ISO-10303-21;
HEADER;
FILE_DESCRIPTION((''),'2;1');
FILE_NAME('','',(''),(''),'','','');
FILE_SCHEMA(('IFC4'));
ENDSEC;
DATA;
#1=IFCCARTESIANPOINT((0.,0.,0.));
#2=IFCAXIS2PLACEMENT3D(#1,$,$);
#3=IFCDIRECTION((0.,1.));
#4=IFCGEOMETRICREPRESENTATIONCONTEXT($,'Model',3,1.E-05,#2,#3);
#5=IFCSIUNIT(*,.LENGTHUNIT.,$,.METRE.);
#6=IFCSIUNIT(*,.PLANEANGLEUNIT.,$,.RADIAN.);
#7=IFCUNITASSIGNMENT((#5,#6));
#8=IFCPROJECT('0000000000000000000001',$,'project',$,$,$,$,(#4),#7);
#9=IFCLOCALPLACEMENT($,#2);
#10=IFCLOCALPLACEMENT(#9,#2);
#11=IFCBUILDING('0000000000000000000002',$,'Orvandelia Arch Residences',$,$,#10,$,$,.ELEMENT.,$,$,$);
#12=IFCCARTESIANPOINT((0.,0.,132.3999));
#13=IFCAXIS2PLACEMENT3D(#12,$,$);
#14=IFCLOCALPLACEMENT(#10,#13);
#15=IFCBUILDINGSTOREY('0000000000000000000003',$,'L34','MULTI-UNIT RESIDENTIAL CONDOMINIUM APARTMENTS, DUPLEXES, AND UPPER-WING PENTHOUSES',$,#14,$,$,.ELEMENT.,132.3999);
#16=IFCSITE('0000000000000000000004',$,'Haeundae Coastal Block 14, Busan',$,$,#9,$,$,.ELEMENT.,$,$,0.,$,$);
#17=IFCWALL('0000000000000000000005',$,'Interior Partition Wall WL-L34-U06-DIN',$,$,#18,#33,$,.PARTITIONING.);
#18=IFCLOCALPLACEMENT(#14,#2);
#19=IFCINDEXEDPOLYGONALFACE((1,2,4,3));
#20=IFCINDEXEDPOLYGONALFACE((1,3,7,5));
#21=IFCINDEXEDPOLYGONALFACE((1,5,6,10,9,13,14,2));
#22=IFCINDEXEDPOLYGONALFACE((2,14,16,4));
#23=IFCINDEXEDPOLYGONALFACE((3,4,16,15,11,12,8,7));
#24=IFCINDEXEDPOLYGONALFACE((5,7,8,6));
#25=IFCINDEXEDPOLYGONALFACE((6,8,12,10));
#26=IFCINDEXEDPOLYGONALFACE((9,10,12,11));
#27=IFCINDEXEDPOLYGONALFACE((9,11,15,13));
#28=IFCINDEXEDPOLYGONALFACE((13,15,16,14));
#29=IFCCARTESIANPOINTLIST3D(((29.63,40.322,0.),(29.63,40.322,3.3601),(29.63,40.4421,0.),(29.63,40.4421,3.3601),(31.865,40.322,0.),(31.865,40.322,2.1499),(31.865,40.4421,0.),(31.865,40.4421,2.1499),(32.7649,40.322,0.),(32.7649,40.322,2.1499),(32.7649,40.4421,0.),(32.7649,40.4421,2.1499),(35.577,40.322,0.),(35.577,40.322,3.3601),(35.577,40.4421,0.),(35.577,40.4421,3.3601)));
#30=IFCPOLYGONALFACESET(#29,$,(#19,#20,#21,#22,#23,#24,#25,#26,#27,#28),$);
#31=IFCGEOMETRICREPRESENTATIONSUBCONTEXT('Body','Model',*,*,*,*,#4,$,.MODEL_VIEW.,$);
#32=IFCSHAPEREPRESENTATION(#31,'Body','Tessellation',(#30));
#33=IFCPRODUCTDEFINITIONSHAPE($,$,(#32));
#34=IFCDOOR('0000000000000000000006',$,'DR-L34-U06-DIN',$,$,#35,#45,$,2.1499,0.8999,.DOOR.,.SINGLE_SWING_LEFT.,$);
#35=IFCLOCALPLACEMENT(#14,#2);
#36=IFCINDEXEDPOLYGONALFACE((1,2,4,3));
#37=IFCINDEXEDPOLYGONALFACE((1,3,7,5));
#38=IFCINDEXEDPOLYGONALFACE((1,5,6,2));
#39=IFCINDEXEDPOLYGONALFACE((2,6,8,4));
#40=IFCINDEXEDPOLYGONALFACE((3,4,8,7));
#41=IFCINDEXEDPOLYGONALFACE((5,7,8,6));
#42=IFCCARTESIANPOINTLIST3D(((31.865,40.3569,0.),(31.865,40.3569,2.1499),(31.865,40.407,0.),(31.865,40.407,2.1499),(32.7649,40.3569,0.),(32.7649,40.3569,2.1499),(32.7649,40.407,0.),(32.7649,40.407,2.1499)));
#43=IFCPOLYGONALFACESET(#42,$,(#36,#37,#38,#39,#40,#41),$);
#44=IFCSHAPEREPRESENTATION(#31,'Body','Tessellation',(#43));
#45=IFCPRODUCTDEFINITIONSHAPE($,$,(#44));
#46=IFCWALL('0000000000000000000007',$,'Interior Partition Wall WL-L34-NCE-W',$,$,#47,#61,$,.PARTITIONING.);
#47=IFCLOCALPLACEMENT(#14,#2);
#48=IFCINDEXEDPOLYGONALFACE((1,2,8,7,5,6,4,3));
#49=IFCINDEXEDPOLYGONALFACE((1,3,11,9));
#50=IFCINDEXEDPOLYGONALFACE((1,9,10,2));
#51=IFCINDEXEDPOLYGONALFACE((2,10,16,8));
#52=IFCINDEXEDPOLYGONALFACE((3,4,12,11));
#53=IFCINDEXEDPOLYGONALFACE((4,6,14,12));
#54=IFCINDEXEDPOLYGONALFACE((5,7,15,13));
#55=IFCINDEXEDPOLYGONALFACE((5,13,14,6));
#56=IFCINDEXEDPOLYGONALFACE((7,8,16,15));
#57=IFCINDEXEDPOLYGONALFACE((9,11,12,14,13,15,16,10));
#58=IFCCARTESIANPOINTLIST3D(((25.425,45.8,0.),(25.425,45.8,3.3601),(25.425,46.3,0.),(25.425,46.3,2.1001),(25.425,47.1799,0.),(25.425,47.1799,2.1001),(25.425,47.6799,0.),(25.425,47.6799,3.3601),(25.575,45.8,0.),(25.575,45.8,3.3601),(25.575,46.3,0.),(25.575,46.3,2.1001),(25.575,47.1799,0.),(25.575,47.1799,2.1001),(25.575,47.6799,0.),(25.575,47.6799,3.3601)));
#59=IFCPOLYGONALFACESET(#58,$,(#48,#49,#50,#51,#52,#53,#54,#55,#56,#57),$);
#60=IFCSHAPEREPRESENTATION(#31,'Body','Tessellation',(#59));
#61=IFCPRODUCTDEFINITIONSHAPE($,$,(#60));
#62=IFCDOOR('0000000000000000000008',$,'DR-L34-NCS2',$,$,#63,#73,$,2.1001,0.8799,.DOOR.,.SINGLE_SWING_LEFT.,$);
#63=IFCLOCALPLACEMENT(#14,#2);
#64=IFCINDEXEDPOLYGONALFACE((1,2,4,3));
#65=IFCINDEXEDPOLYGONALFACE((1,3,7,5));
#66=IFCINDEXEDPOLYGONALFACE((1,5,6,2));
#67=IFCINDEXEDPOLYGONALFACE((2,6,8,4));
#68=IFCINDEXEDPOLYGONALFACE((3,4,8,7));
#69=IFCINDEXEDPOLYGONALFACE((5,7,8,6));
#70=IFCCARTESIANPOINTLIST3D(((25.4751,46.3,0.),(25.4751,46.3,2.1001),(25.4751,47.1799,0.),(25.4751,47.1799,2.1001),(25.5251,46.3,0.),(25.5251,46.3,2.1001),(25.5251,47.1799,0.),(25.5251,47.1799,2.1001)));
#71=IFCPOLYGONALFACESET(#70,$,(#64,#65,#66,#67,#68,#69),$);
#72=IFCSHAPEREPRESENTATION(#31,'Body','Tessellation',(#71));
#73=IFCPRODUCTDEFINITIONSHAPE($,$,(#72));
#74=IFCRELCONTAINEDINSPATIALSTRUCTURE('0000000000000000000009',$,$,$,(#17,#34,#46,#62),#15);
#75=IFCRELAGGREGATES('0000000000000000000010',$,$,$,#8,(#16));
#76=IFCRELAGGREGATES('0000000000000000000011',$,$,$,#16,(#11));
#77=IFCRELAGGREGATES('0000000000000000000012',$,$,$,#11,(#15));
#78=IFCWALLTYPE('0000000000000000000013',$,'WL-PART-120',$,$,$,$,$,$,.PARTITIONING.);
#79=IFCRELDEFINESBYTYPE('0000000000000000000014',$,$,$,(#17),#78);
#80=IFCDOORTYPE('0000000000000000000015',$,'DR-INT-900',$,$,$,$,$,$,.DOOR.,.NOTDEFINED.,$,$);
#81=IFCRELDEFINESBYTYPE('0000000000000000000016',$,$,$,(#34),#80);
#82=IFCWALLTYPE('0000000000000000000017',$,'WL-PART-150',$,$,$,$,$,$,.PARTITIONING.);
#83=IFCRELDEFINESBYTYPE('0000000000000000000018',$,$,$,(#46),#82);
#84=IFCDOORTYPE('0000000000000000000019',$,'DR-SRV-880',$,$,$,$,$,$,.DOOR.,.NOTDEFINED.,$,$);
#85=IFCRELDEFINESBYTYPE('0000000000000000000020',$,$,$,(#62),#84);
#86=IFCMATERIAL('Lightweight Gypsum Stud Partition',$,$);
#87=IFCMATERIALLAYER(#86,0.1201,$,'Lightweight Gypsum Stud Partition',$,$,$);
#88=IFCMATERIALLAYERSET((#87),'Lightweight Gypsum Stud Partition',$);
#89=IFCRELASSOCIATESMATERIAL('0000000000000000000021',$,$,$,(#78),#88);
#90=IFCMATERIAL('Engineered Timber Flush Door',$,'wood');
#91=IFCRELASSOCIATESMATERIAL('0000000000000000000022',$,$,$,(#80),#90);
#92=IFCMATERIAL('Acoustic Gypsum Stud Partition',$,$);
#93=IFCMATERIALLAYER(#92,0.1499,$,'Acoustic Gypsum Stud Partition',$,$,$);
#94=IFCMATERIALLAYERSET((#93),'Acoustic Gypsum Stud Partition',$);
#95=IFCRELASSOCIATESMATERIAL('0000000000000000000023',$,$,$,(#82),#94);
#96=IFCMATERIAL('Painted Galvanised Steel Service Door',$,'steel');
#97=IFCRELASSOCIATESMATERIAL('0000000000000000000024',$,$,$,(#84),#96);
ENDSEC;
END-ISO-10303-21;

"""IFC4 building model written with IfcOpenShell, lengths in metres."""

from ifc_helpers import new_model, si_unit, direction, frame, frame_2d, origin, place, context, subcontext, project, spatial, rectangle, extrude, material, layer, layer_set, type_object, element, fill, save


model = new_model("IFC4")

# Units and contexts
model_context = context("Model", 3, precision=1e-05, world=origin(), true_north=direction((0.0, 1.0)))
body_context = subcontext(model_context, "Body", "Model", "MODEL_VIEW")
ifc_project = project(units=[si_unit("LENGTHUNIT", "METRE"), si_unit("PLANEANGLEUNIT", "RADIAN")], contexts=[model_context])

# Site, building, storey
site_placement = place(None, origin())
site = spatial("IfcSite", under=ifc_project, at=site_placement, Name="Haeundae Coastal Block 14, Busan", CompositionType="ELEMENT", RefElevation=0.0)
building_placement = place(site_placement, origin())
building = spatial("IfcBuilding", under=site, at=building_placement, Name="Orvandelia Arch Residences", CompositionType="ELEMENT")
storey_placement = place(building_placement, frame((0.0, 0.0, 132.3999)))
storey = spatial("IfcBuildingStorey", under=building, at=storey_placement, Name="L34", Description="MULTI-UNIT RESIDENTIAL CONDOMINIUM APARTMENTS, DUPLEXES, AND UPPER-WING PENTHOUSES", CompositionType="ELEMENT", Elevation=132.3999)

# Walls, openings, doors
ifc_material_1 = material(Name="Lightweight Gypsum Stud Partition")
ifc_layer_1 = layer(ifc_material_1, 0.1201, Name="Lightweight Gypsum Stud Partition")
ifc_layer_set_1 = layer_set([ifc_layer_1], Name="Lightweight Gypsum Stud Partition")
wall_type_1 = type_object("IfcWallType", Name="WL-PART-120", PredefinedType="PARTITIONING", material=ifc_layer_set_1)
wall_1_placement = place(storey_placement, frame((29.6299, 40.3821, 0.0), z_axis=(0.0, 0.0, 1.0), x_axis=(1.0, 0.0, 0.0)))
wall_1 = element("IfcWall", 1, at=wall_1_placement, inside=storey, type_object=wall_type_1, Name="Interior Partition Wall WL-L34-U06-DIN", PredefinedType="PARTITIONING", context=body_context, shape_type="SweptSolid", body=[
    extrude(rectangle(XDim=5.947, YDim=0.1201, at=frame_2d((2.9736, 0.0))), origin(), (0.0, 0.0, 1.0), 3.3601),
])
opening_1_placement = place(wall_1_placement, frame((2.2351, 0.0, 0.0)))
opening_1 = element("IfcOpeningElement", 2, at=opening_1_placement, cuts=wall_1, PredefinedType="OPENING", context=body_context, shape_type="SweptSolid", body=[
    extrude(rectangle(XDim=0.8999, YDim=2.1499, at=frame_2d((0.45, 1.075))), frame((0.0, 0.0701, 0.0), z_axis=(0.0, -1.0, 0.0), x_axis=(1.0, 0.0, 0.0)), (0.0, 0.0, 1.0), 0.1401),
])
ifc_material_2 = material(Name="Engineered Timber Flush Door", Category="wood")
door_type_1 = type_object("IfcDoorType", Name="DR-INT-900", OperationType="NOTDEFINED", PredefinedType="DOOR", material=ifc_material_2)
door_1_placement = place(opening_1_placement, origin())
door_1 = element("IfcDoor", 3, at=door_1_placement, inside=storey, type_object=door_type_1, Name="DR-L34-U06-DIN", OperationType="SINGLE_SWING_LEFT", OverallHeight=2.1499, OverallWidth=0.8999, PredefinedType="DOOR", context=body_context, shape_type="SweptSolid", body=[
    extrude(rectangle(XDim=0.8999, YDim=2.1499, at=frame_2d((0.45, 1.075))), frame((0.0, 0.0249, 0.0), z_axis=(0.0, -1.0, 0.0), x_axis=(1.0, 0.0, 0.0)), (0.0, 0.0, 1.0), 0.05),
])
fill(opening_1, door_1)
ifc_material_3 = material(Name="Acoustic Gypsum Stud Partition")
ifc_layer_2 = layer(ifc_material_3, 0.1499, Name="Acoustic Gypsum Stud Partition")
ifc_layer_set_2 = layer_set([ifc_layer_2], Name="Acoustic Gypsum Stud Partition")
wall_type_2 = type_object("IfcWallType", Name="WL-PART-150", PredefinedType="PARTITIONING", material=ifc_layer_set_2)
wall_2_placement = place(storey_placement, frame((25.5, 45.8, 0.0), z_axis=(0.0, 0.0, 1.0), x_axis=(0.0, 1.0, 0.0)))
wall_2 = element("IfcWall", 4, at=wall_2_placement, inside=storey, type_object=wall_type_2, Name="Interior Partition Wall WL-L34-NCE-W", PredefinedType="PARTITIONING", context=body_context, shape_type="SweptSolid", body=[
    extrude(rectangle(XDim=1.8799, YDim=0.1499, at=frame_2d((0.9399, 0.0))), origin(), (0.0, 0.0, 1.0), 3.3601),
])
opening_2_placement = place(wall_2_placement, frame((0.5, 0.0, 0.0)))
opening_2 = element("IfcOpeningElement", 5, at=opening_2_placement, cuts=wall_2, PredefinedType="OPENING", context=body_context, shape_type="SweptSolid", body=[
    extrude(rectangle(XDim=0.8799, YDim=2.1001, at=frame_2d((0.4399, 1.05))), frame((0.0, 0.085, 0.0), z_axis=(0.0, -1.0, 0.0), x_axis=(1.0, 0.0, 0.0)), (0.0, 0.0, 1.0), 0.1699),
])
ifc_material_4 = material(Name="Painted Galvanised Steel Service Door", Category="steel")
door_type_2 = type_object("IfcDoorType", Name="DR-SRV-880", OperationType="NOTDEFINED", PredefinedType="DOOR", material=ifc_material_4)
door_2_placement = place(opening_2_placement, origin())
door_2 = element("IfcDoor", 6, at=door_2_placement, inside=storey, type_object=door_type_2, Name="DR-L34-NCS2", OperationType="SINGLE_SWING_LEFT", OverallHeight=2.1001, OverallWidth=0.8799, PredefinedType="DOOR", context=body_context, shape_type="SweptSolid", body=[
    extrude(rectangle(XDim=0.8799, YDim=2.1001, at=frame_2d((0.4399, 1.05))), frame((0.0, 0.0249, 0.0), z_axis=(0.0, -1.0, 0.0), x_axis=(1.0, 0.0, 0.0)), (0.0, 0.0, 1.0), 0.05),
])
fill(opening_2, door_2)

save(model, "model.ifc")
